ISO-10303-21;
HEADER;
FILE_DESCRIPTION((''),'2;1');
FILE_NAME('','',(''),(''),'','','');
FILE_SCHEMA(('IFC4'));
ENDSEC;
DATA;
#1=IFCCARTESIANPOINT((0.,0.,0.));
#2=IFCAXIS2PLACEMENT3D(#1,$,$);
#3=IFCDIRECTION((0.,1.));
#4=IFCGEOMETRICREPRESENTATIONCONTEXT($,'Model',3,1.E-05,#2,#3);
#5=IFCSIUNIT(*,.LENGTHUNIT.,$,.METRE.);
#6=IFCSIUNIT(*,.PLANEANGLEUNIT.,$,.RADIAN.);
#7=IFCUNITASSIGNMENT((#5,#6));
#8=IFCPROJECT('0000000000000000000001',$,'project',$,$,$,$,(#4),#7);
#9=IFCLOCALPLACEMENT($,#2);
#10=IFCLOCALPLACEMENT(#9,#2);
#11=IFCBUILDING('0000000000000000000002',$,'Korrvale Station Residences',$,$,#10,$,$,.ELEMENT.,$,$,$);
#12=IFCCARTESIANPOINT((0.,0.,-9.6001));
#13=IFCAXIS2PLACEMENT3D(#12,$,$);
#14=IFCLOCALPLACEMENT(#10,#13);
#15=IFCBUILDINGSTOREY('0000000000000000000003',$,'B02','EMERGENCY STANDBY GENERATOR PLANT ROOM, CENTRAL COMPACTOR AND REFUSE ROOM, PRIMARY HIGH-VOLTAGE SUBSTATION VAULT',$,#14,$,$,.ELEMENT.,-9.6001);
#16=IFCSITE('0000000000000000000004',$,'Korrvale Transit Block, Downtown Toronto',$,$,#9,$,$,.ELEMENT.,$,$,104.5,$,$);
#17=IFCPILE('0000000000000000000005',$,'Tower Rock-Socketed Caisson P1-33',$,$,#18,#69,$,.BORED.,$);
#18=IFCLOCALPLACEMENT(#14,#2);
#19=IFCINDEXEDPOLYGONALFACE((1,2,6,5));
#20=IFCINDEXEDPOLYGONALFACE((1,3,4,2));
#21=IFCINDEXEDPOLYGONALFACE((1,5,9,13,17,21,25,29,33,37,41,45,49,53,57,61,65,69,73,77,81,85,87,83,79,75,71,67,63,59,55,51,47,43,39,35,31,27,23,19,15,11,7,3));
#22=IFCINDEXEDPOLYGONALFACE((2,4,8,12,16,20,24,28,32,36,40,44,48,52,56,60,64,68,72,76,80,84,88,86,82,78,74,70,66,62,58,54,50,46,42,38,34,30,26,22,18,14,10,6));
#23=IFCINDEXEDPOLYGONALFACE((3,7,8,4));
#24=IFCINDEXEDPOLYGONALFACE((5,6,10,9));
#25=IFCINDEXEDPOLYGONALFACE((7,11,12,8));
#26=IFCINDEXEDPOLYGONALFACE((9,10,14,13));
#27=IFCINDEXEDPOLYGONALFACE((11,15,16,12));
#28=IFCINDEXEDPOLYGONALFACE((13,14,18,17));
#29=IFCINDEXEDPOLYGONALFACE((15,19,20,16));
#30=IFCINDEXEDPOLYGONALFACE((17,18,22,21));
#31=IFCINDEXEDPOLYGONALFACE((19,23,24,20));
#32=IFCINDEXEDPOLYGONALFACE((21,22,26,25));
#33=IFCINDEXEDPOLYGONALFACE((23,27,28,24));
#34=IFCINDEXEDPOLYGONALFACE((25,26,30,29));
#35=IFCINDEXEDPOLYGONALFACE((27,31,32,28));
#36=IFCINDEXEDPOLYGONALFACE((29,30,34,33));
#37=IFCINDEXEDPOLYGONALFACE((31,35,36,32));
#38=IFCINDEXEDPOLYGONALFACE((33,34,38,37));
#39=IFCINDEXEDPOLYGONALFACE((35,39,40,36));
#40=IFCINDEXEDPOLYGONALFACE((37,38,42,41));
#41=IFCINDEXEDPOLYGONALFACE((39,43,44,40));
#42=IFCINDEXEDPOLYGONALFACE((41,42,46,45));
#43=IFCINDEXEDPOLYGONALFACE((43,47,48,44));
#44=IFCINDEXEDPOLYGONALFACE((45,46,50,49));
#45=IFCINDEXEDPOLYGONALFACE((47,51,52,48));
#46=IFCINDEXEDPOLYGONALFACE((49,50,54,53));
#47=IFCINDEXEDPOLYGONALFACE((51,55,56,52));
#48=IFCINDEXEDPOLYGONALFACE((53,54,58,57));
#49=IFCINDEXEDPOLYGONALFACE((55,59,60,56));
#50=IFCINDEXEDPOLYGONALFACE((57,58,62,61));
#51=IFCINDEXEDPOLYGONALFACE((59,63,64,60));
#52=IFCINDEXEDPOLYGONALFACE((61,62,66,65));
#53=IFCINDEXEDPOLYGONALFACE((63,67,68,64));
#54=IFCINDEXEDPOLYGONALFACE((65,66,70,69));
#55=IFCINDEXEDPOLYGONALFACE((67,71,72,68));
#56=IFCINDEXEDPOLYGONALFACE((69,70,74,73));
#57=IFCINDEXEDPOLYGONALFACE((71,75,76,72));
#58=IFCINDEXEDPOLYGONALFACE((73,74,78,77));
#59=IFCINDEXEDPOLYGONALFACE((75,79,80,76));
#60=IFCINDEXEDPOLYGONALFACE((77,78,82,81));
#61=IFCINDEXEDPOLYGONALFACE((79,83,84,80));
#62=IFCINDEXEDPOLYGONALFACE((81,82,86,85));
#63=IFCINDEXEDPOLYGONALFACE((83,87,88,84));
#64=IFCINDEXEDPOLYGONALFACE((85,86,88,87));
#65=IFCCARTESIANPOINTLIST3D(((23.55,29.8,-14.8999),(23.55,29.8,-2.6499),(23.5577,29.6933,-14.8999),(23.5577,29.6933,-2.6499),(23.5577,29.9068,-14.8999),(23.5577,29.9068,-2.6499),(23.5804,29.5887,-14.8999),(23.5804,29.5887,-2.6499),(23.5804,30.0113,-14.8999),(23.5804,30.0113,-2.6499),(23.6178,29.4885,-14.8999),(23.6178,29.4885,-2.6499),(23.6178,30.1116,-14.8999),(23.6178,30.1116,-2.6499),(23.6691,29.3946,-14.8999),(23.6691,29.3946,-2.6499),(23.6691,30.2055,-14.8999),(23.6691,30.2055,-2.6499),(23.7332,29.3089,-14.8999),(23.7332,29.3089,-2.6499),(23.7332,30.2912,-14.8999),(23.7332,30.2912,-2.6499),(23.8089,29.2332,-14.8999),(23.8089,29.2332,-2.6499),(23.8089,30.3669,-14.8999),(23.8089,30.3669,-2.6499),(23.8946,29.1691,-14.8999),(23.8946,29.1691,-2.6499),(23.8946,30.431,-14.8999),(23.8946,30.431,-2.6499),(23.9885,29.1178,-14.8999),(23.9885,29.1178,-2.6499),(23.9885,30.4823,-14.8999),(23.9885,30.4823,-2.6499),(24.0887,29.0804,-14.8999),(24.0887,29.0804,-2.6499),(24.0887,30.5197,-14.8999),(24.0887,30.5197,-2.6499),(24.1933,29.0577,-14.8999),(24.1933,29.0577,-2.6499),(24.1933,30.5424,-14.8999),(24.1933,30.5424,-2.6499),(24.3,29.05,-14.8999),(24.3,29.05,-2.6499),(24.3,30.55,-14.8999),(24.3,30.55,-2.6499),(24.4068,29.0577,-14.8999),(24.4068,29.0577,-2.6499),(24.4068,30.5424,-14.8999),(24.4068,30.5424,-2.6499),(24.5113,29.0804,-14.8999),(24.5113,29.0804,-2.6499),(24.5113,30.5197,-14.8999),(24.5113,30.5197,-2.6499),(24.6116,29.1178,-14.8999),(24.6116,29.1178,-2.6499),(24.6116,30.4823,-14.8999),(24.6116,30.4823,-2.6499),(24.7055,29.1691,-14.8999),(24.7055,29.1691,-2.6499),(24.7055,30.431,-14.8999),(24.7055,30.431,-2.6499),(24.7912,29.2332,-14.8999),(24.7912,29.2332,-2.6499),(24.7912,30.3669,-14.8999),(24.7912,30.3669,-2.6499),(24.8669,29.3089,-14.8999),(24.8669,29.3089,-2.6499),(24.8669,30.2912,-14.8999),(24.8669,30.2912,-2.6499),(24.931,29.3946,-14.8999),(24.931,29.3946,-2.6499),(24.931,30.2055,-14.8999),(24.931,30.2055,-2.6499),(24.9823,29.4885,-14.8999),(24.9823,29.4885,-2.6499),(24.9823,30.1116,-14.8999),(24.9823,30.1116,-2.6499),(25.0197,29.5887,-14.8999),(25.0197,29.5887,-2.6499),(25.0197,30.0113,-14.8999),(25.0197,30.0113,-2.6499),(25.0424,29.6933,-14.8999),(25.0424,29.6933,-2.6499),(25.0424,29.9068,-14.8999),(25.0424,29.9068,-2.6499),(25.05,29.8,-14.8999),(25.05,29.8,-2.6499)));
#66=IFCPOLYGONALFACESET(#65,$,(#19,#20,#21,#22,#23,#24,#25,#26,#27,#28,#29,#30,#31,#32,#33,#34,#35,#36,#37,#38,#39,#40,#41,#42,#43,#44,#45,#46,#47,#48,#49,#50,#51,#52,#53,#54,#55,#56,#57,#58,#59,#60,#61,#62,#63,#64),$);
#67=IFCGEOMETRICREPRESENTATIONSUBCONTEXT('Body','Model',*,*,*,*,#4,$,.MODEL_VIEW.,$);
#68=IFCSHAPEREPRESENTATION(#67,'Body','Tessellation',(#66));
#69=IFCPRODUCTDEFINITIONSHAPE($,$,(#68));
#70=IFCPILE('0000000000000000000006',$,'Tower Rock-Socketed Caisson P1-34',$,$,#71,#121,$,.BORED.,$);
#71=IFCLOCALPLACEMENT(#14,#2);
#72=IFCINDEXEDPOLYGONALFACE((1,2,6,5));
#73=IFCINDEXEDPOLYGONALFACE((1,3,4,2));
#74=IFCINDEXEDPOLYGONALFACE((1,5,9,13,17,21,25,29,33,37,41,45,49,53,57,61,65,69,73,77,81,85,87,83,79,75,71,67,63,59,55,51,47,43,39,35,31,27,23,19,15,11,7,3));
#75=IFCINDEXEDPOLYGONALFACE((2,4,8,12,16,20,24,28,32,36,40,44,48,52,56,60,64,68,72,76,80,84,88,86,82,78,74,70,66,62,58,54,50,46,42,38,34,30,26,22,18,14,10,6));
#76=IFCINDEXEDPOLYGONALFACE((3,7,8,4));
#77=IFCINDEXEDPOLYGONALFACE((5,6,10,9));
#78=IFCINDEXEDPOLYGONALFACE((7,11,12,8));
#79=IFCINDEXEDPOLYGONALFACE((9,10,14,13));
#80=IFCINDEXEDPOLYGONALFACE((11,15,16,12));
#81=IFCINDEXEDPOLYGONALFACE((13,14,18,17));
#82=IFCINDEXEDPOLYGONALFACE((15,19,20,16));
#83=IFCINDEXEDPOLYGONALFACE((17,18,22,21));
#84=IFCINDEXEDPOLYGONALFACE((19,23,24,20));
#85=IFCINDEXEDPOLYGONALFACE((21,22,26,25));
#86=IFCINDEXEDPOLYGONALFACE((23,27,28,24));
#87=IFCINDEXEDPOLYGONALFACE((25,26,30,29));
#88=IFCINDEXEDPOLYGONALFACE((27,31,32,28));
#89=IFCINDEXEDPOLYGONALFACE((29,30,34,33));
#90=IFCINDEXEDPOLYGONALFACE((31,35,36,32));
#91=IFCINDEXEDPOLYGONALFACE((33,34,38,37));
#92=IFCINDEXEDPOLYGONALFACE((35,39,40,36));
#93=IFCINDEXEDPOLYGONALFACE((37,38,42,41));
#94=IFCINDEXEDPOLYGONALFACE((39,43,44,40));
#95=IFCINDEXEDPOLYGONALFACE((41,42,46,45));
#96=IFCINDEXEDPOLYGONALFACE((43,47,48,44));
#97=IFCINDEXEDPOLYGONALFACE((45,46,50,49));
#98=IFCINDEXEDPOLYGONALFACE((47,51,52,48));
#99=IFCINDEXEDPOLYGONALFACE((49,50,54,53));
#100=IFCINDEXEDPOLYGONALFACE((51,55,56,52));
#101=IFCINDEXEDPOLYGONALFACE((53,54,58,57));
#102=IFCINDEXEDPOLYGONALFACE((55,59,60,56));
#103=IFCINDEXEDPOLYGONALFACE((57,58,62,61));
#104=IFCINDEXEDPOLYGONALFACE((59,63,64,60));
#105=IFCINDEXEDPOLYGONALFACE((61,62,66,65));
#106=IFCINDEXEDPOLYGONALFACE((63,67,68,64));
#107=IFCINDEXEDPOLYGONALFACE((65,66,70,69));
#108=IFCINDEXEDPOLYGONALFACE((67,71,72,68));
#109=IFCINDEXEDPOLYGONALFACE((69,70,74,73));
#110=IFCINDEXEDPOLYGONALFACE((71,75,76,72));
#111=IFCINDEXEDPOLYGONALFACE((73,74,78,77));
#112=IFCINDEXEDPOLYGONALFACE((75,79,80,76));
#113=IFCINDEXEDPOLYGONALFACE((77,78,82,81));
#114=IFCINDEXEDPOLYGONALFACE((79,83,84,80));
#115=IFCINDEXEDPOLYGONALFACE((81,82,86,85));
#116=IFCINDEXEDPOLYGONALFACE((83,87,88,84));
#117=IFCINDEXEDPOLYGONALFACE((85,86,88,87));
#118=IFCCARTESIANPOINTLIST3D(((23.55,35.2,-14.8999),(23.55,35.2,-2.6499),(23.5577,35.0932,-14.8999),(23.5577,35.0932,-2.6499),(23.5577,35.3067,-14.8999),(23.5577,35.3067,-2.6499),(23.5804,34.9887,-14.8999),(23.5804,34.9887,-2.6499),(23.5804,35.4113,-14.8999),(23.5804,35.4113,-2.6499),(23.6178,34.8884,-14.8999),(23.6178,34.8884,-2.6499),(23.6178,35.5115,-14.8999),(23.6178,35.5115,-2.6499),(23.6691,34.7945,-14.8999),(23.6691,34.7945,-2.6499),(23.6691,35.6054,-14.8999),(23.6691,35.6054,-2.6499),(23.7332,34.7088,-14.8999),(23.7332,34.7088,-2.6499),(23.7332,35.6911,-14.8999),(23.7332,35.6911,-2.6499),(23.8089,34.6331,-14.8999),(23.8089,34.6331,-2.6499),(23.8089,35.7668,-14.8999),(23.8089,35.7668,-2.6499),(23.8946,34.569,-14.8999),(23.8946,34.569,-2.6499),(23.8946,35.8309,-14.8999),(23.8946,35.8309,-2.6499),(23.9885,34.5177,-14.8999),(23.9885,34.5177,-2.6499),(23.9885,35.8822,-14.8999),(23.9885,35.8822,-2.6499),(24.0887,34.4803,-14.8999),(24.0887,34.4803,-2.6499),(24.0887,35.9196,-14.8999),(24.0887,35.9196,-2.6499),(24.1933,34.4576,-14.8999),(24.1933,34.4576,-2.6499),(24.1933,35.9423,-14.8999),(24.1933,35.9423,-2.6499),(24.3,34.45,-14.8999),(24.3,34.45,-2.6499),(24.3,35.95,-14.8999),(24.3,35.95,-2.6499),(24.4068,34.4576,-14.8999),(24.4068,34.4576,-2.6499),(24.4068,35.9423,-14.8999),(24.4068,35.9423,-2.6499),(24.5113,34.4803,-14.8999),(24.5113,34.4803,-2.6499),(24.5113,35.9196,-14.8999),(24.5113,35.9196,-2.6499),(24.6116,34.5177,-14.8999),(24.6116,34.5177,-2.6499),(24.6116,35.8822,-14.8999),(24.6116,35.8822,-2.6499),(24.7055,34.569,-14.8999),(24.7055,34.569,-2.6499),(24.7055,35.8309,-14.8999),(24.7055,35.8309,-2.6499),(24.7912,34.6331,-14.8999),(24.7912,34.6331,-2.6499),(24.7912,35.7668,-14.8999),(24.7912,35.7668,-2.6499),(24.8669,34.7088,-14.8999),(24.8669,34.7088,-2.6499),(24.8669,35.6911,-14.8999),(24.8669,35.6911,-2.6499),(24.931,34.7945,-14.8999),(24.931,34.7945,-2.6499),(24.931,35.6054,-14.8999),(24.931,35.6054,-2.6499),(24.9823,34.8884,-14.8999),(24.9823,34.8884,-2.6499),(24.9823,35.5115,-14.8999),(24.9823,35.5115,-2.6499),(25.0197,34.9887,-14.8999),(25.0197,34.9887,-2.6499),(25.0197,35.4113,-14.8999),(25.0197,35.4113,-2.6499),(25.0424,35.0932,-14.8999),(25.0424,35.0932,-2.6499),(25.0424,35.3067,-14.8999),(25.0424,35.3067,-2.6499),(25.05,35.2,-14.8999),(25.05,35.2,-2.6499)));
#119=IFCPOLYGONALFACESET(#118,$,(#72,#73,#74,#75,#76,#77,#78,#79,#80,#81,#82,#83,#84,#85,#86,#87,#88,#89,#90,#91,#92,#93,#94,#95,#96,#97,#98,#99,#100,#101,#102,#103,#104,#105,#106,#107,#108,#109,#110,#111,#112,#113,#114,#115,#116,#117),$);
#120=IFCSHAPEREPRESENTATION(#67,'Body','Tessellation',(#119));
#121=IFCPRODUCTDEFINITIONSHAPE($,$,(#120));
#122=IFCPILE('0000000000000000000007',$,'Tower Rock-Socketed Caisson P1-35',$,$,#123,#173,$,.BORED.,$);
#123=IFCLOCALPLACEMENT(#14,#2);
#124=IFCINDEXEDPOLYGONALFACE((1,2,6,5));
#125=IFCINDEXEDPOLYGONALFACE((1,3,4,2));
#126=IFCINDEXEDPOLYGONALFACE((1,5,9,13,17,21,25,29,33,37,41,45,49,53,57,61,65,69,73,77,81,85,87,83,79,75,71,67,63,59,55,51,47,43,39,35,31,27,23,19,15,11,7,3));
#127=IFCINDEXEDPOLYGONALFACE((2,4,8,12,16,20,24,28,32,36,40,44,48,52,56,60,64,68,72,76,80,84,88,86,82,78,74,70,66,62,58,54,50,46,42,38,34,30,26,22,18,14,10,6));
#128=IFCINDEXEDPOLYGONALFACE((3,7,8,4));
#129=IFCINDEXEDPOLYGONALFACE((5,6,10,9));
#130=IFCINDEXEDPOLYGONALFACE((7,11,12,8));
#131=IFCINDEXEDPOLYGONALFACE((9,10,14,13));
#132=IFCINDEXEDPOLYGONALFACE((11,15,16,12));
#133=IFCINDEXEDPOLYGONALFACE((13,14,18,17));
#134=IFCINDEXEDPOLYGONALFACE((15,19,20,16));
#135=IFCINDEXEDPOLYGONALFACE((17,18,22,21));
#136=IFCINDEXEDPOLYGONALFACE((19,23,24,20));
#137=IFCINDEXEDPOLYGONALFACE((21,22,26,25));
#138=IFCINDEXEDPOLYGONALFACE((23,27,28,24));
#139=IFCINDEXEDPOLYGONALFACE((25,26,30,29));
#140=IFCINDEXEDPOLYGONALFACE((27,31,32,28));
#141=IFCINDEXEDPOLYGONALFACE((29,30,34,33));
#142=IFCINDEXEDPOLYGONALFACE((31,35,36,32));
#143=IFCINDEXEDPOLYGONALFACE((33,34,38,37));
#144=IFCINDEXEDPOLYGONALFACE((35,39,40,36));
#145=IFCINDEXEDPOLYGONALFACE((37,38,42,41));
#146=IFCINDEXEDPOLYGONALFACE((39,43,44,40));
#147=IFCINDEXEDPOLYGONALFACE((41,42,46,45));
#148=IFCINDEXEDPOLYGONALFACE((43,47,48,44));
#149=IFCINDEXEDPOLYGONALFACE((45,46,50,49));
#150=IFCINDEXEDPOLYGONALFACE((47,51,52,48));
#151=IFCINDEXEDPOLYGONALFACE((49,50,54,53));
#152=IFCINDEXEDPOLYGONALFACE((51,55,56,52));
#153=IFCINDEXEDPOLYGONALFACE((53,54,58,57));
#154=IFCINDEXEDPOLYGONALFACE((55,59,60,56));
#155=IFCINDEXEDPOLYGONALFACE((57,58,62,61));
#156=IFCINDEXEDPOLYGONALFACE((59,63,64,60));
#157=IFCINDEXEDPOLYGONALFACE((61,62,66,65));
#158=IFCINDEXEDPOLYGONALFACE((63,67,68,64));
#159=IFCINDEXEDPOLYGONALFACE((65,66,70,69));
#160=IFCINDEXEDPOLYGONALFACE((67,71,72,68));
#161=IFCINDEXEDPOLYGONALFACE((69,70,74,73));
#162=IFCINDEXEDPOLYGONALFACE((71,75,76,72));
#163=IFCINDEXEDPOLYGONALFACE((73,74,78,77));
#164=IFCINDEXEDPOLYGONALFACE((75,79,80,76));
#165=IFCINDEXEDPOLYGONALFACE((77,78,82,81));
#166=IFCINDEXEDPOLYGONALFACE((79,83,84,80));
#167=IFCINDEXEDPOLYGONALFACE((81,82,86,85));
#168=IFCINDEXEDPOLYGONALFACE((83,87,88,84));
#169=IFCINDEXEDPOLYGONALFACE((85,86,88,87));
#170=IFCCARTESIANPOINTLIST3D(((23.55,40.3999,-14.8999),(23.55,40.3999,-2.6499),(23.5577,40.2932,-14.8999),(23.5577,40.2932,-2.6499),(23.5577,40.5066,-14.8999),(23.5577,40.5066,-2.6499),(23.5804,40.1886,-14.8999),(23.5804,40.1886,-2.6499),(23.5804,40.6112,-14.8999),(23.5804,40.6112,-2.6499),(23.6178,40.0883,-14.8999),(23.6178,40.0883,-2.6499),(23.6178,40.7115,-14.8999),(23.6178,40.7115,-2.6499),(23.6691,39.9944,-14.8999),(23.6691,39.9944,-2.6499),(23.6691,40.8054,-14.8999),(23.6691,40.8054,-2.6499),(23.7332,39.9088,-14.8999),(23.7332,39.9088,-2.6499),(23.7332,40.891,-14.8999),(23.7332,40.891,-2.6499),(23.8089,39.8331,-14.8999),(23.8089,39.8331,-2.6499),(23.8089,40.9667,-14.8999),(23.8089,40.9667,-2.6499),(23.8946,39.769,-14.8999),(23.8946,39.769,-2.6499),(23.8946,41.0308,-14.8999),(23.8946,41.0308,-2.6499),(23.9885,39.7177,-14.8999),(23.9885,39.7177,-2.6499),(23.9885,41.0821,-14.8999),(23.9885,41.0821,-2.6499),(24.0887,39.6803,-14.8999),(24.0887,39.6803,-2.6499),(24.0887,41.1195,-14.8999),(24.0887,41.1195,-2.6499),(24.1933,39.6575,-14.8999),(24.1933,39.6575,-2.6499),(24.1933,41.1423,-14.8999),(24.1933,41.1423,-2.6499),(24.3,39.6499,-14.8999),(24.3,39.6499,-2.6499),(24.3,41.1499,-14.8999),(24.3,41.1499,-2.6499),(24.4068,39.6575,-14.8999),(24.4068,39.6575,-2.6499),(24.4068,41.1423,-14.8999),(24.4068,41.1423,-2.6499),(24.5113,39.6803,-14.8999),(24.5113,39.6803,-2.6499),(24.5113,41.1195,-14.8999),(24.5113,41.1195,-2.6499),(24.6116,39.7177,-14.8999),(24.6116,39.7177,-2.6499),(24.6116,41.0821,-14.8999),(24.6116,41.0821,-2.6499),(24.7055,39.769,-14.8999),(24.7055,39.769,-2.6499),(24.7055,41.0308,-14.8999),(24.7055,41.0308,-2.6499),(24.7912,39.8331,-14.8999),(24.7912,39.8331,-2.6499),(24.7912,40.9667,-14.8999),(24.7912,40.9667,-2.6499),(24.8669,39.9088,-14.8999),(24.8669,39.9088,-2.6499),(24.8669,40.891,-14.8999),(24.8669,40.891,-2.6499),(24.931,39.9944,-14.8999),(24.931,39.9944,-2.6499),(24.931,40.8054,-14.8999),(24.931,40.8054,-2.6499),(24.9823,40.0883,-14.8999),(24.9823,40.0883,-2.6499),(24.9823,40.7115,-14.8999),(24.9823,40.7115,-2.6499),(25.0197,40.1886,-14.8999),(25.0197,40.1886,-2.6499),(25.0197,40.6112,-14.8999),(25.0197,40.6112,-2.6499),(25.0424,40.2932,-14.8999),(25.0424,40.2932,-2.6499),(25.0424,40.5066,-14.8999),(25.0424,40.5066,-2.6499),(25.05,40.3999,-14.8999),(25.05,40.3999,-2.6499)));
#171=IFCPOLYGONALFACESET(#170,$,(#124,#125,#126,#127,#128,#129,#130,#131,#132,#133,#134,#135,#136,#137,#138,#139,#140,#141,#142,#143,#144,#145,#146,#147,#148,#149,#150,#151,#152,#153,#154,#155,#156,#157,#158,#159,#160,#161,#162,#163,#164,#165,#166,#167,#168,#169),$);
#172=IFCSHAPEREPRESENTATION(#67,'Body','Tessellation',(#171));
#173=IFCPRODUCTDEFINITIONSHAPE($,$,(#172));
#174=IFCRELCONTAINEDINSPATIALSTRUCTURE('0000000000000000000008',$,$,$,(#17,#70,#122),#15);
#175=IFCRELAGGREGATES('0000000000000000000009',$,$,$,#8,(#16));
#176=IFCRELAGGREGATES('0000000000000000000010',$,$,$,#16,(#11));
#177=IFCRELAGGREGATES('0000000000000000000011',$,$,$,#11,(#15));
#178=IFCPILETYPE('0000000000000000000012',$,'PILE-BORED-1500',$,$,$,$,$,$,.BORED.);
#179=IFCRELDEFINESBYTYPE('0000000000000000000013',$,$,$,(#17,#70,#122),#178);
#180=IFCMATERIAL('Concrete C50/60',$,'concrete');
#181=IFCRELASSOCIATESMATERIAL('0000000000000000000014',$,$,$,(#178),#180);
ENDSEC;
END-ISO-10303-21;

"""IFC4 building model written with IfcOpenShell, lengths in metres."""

from ifc_helpers import new_model, si_unit, direction, frame, origin, origin_2d, place, context, subcontext, project, spatial, circle, extrude, material, material_profile, profile_set, type_object, element, save


model = new_model("IFC4")

# Units and contexts
model_context = context("Model", 3, precision=1e-05, world=origin(), true_north=direction((0.0, 1.0)))
body_context = subcontext(model_context, "Body", "Model", "MODEL_VIEW")
ifc_project = project(units=[si_unit("LENGTHUNIT", "METRE"), si_unit("PLANEANGLEUNIT", "RADIAN")], contexts=[model_context])

# Site, building, storey
site_placement = place(None, origin())
site = spatial("IfcSite", under=ifc_project, at=site_placement, Name="Korrvale Transit Block, Downtown Toronto", CompositionType="ELEMENT", RefElevation=104.5)
building_placement = place(site_placement, origin())
building = spatial("IfcBuilding", under=site, at=building_placement, Name="Korrvale Station Residences", CompositionType="ELEMENT")
storey_placement = place(building_placement, frame((0.0, 0.0, -9.6001)))
storey = spatial("IfcBuildingStorey", under=building, at=storey_placement, Name="B02", Description="EMERGENCY STANDBY GENERATOR PLANT ROOM, CENTRAL COMPACTOR AND REFUSE ROOM, PRIMARY HIGH-VOLTAGE SUBSTATION VAULT", CompositionType="ELEMENT", Elevation=-9.6001)

# Piles
ifc_material_1 = material(Name="Concrete C50/60", Category="concrete")
ifc_material_profile_1 = material_profile(ifc_material_1, circle(Radius=0.75, at=origin_2d()), Name="PILE1500")
ifc_profile_set_1 = profile_set([ifc_material_profile_1], Name="Concrete C50/60")
pile_type_1 = type_object("IfcPileType", Name="PILE-BORED-1500", PredefinedType="BORED", material=ifc_profile_set_1)
for number, where, z_axis, x_axis, name in (
    (1, (24.3, 29.8, -2.6499), (0.0, 0.0, -1.0), (1.0, 0.0, 0.0), "Tower Rock-Socketed Caisson P1-33"),
    (2, (24.3, 35.2, -2.6499), (0.0, 0.0, -1.0), (1.0, 0.0, 0.0), "Tower Rock-Socketed Caisson P1-34"),
    (3, (24.3, 40.3999, -2.6499), (0.0, 0.0, -1.0), (1.0, 0.0, 0.0), "Tower Rock-Socketed Caisson P1-35"),
):
    element("IfcPile", number, at=place(storey_placement, frame(where, z_axis=z_axis, x_axis=x_axis)), inside=storey, type_object=pile_type_1, Name=name, PredefinedType="BORED", context=body_context, shape_type="SweptSolid", body=[
        extrude(circle(Radius=0.75, at=origin_2d()), origin(), (0.0, 0.0, 1.0), 12.25),
    ])

save(model, "model.ifc")
